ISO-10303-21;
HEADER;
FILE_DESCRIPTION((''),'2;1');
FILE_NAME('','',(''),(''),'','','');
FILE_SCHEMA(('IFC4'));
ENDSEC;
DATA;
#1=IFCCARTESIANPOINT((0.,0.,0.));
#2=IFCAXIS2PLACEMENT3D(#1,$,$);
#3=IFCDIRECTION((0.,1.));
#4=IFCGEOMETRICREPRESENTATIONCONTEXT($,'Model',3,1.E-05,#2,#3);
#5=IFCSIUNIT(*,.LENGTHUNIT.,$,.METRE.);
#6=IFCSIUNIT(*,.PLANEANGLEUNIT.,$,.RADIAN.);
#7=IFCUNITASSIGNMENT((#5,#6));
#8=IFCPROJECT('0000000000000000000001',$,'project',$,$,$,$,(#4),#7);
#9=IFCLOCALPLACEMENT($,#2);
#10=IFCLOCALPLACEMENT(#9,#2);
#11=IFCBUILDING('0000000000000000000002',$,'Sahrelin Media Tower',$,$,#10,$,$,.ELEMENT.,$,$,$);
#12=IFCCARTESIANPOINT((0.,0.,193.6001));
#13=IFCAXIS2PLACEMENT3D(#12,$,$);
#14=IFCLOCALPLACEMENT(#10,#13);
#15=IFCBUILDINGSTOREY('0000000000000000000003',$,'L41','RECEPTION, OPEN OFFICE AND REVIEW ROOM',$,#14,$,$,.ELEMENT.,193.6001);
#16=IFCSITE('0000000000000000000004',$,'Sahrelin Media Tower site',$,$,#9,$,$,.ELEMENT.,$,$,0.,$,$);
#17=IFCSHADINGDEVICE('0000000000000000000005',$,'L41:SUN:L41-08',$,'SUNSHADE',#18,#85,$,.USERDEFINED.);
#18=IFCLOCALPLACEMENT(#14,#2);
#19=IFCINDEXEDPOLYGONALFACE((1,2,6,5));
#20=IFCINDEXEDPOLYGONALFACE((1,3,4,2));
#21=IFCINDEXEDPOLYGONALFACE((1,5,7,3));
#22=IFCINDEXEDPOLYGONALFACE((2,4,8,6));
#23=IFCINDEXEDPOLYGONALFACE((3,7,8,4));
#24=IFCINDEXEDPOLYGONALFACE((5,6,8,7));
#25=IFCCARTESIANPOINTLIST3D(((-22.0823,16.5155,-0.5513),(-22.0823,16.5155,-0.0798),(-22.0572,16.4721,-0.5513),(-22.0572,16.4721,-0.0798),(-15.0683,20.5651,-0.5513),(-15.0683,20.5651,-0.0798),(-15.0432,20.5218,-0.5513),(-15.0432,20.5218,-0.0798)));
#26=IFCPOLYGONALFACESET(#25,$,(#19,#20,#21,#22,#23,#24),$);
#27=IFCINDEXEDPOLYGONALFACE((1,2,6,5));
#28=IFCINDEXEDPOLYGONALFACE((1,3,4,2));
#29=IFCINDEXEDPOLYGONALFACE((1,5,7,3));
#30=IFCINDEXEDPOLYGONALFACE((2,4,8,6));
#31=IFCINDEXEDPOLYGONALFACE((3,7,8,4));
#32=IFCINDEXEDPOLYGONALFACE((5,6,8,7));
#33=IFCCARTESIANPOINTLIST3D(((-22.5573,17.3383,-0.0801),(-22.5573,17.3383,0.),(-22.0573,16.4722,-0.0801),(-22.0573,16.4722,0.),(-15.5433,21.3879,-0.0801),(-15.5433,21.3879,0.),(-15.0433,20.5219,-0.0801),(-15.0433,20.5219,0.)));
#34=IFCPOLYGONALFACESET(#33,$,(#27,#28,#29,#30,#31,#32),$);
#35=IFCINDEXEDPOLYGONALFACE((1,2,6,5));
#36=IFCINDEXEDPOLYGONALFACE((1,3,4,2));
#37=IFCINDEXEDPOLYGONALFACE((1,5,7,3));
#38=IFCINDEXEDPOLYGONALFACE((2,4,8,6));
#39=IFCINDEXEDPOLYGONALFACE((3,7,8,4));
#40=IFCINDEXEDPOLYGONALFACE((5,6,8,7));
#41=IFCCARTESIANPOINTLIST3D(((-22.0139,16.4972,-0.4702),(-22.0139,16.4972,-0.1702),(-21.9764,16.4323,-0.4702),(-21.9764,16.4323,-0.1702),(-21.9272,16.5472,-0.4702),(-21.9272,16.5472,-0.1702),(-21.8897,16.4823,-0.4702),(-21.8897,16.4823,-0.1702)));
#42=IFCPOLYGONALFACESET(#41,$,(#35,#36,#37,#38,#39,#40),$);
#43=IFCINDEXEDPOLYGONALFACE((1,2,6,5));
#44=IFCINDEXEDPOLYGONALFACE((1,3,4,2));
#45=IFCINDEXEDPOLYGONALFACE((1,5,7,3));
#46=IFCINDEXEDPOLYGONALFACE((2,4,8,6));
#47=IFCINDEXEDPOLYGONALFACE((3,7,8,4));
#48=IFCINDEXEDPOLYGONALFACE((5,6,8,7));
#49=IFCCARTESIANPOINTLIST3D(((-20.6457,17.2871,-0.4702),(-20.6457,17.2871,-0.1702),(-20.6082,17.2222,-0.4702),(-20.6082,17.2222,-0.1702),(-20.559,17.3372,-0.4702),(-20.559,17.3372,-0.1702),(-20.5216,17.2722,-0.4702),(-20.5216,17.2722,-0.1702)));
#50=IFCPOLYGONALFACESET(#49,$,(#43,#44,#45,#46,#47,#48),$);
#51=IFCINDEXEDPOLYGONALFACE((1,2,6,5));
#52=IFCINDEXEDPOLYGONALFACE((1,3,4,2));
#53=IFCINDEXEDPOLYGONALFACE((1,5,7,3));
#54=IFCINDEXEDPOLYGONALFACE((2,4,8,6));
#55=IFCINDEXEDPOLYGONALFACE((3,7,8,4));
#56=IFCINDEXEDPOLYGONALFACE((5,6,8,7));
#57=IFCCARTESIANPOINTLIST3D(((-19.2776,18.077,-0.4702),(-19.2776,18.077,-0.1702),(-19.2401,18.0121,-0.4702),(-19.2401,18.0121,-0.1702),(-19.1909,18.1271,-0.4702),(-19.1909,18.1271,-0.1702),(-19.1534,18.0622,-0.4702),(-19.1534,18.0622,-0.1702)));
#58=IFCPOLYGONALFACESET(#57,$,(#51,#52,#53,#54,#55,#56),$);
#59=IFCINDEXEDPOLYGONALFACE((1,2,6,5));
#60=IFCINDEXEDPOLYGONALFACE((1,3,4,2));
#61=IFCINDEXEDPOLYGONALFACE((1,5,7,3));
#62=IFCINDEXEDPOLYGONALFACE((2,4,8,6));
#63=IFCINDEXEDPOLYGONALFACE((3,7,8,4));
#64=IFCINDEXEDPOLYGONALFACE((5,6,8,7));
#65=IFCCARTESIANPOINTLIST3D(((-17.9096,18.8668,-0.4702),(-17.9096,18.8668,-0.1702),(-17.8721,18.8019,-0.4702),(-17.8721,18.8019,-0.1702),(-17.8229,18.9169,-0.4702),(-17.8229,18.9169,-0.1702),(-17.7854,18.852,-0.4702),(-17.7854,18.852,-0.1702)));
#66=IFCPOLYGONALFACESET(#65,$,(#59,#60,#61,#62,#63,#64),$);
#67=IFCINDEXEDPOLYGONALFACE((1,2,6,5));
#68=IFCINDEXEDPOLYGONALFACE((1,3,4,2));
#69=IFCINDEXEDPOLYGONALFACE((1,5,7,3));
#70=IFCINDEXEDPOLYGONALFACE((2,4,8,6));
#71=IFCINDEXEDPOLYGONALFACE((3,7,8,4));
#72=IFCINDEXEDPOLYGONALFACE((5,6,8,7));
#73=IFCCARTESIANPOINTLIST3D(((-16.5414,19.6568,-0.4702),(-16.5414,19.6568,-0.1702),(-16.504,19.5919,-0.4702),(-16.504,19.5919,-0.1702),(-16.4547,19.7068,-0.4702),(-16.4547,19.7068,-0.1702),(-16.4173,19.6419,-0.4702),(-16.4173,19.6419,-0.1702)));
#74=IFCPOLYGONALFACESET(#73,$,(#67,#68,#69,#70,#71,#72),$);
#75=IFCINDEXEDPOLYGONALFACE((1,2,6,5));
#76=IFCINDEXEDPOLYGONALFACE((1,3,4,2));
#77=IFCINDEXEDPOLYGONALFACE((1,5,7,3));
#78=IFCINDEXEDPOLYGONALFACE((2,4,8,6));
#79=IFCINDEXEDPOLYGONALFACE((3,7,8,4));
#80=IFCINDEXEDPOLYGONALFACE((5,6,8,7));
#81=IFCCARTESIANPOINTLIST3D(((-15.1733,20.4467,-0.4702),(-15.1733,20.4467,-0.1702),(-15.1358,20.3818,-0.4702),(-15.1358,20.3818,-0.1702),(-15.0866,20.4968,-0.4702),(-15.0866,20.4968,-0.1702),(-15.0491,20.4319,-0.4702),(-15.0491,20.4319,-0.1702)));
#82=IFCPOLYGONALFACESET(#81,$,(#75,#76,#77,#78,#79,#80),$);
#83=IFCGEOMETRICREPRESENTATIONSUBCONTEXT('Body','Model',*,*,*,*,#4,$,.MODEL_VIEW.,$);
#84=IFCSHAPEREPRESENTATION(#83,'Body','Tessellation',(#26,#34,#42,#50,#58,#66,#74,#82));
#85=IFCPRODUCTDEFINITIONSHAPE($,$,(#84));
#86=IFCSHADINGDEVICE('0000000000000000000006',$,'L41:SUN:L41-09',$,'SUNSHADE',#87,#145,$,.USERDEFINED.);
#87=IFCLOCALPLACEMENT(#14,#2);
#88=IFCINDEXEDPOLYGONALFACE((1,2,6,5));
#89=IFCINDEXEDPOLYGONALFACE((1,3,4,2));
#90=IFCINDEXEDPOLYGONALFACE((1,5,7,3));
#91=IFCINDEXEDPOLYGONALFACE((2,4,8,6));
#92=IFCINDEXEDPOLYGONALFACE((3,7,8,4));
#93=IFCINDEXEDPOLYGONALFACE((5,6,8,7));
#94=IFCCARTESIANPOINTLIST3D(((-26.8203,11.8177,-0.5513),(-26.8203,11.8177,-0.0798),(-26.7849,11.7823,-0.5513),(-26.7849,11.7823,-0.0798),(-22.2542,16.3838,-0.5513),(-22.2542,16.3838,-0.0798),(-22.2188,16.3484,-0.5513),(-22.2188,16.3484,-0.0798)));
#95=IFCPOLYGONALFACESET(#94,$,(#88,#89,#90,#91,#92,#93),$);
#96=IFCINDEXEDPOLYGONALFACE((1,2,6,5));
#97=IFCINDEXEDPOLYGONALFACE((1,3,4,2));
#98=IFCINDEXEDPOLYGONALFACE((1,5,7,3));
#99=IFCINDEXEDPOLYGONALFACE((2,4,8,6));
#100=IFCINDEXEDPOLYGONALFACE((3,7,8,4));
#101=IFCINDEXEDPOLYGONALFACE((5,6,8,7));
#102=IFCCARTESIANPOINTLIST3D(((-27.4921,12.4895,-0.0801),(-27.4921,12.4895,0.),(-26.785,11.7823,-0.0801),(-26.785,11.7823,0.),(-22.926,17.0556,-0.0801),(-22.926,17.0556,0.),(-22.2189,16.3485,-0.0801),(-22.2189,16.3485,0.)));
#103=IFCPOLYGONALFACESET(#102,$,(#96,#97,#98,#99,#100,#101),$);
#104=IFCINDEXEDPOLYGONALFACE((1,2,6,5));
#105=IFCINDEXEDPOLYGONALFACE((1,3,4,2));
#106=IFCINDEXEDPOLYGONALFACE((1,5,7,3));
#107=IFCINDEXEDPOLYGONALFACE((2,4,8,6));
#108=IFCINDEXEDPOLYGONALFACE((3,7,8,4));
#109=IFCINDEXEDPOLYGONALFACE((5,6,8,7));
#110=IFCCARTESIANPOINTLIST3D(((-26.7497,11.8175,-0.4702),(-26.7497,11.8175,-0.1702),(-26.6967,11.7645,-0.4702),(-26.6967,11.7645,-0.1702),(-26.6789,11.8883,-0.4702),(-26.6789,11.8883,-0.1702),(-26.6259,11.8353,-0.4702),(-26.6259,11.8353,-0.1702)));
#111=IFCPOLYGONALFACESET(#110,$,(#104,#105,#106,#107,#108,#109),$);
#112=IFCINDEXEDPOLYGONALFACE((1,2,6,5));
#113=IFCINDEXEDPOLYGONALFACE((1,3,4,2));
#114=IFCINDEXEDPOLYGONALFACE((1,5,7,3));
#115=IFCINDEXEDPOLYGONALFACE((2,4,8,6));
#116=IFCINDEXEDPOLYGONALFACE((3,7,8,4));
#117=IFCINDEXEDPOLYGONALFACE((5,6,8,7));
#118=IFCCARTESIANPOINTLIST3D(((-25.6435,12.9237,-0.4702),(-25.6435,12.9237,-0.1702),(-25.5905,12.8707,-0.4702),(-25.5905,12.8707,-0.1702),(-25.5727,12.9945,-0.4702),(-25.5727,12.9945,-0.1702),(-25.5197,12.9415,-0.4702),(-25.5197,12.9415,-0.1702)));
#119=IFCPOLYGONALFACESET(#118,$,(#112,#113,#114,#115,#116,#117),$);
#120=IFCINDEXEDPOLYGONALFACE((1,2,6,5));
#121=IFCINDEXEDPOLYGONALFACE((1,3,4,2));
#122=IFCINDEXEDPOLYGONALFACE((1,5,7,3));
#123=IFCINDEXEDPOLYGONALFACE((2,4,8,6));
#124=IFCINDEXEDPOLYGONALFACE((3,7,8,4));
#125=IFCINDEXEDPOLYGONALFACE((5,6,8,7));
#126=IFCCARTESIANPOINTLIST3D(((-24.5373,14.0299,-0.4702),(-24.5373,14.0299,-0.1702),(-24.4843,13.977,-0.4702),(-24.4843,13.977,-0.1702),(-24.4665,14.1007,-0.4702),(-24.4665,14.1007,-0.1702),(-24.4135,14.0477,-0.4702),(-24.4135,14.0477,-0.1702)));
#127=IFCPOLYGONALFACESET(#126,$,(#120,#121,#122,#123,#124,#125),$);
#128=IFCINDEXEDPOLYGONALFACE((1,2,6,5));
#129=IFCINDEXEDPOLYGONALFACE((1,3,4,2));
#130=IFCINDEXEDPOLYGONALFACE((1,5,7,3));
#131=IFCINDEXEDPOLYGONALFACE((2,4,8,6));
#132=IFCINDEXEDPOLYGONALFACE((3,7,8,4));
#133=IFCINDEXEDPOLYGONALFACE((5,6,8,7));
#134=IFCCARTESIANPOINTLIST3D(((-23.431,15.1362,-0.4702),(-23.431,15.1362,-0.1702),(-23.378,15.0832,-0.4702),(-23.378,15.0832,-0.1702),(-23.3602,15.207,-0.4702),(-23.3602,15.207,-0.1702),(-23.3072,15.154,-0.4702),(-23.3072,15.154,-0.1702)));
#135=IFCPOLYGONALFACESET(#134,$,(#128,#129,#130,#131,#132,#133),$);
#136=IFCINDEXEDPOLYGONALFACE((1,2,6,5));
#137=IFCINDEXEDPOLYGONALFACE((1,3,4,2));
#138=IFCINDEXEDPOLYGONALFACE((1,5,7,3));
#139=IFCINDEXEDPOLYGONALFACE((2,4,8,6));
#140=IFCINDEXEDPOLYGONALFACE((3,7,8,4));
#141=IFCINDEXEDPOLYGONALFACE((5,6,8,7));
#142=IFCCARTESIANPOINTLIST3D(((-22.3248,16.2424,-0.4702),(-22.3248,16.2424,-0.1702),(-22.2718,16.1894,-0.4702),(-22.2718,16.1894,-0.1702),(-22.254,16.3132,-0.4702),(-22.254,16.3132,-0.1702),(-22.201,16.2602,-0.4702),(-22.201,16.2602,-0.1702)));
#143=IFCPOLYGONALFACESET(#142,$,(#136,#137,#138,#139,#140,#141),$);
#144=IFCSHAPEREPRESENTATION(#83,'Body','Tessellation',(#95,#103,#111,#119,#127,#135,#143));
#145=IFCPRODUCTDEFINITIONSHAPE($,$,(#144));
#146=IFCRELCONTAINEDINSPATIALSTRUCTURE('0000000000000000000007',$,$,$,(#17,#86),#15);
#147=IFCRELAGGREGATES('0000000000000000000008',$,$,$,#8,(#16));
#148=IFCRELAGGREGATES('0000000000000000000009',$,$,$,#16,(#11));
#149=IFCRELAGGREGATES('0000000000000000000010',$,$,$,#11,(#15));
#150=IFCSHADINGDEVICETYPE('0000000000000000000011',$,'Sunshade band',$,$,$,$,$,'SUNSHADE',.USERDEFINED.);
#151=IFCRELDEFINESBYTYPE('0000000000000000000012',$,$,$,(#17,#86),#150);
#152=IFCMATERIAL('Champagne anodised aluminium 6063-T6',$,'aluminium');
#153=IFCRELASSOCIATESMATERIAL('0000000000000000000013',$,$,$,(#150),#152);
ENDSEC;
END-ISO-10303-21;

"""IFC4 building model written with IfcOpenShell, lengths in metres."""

from ifc_helpers import new_model, si_unit, direction, frame, origin, origin_2d, place, context, subcontext, project, spatial, rectangle, extrude, material, type_object, element, save


model = new_model("IFC4")

# Units and contexts
model_context = context("Model", 3, precision=1e-05, world=origin(), true_north=direction((0.0, 1.0)))
body_context = subcontext(model_context, "Body", "Model", "MODEL_VIEW")
ifc_project = project(units=[si_unit("LENGTHUNIT", "METRE"), si_unit("PLANEANGLEUNIT", "RADIAN")], contexts=[model_context])

# Site, building, storey
site_placement = place(None, origin())
site = spatial("IfcSite", under=ifc_project, at=site_placement, Name="Sahrelin Media Tower site", CompositionType="ELEMENT", RefElevation=0.0)
building_placement = place(site_placement, origin())
building = spatial("IfcBuilding", under=site, at=building_placement, Name="Sahrelin Media Tower", CompositionType="ELEMENT")
storey_placement = place(building_placement, frame((0.0, 0.0, 193.6001)))
storey = spatial("IfcBuildingStorey", under=building, at=storey_placement, Name="L41", Description="RECEPTION, OPEN OFFICE AND REVIEW ROOM", CompositionType="ELEMENT", Elevation=193.6001)

# Shared definitions
ifc_material_1 = material(Name="Champagne anodised aluminium 6063-T6", Category="aluminium")

# Shading devices
placement_1 = place(storey_placement, frame((-18.5403, 18.4797, 0.0), z_axis=(0.0, 0.0, 1.0), x_axis=(0.866019, 0.500011, 0.0)))
placement_2 = place(storey_placement, frame((-24.4878, 14.0513, 0.0), z_axis=(0.0, 0.0, 1.0), x_axis=(0.707107, 0.707107, 0.0)))
shading_device_type_1 = type_object("IfcShadingDeviceType", Name="Sunshade band", ElementType="SUNSHADE", PredefinedType="USERDEFINED", material=ifc_material_1)
element("IfcShadingDevice", 1, at=placement_1, inside=storey, type_object=shading_device_type_1, Name="L41:SUN:L41-08", ObjectType="SUNSHADE", PredefinedType="USERDEFINED", context=body_context, shape_type="SweptSolid", body=[
    extrude(rectangle(XDim=8.0991, YDim=0.05, at=origin_2d()), frame((0.0, 0.0449, -0.5513)), (0.0, 0.0, 1.0), 0.4714),
    extrude(rectangle(XDim=8.0991, YDim=1.0, at=origin_2d()), frame((0.0, 0.52, -0.0801)), (0.0, 0.0, 1.0), 0.0801),
    extrude(rectangle(XDim=0.1001, YDim=0.075, at=origin_2d()), frame((-3.9495, -0.0176, -0.4702)), (0.0, 0.0, 1.0), 0.3),
    extrude(rectangle(XDim=0.1001, YDim=0.075, at=origin_2d()), frame((-2.3696, -0.0176, -0.4702)), (0.0, 0.0, 1.0), 0.3),
    extrude(rectangle(XDim=0.1001, YDim=0.075, at=origin_2d()), frame((-0.7898, -0.0176, -0.4702)), (0.0, 0.0, 1.0), 0.3),
    extrude(rectangle(XDim=0.1001, YDim=0.075, at=origin_2d()), frame((0.7898, -0.0176, -0.4702)), (0.0, 0.0, 1.0), 0.3),
    extrude(rectangle(XDim=0.1001, YDim=0.075, at=origin_2d()), frame((2.3696, -0.0176, -0.4702)), (0.0, 0.0, 1.0), 0.3),
    extrude(rectangle(XDim=0.1001, YDim=0.075, at=origin_2d()), frame((3.9495, -0.0176, -0.4702)), (0.0, 0.0, 1.0), 0.3),
])
element("IfcShadingDevice", 2, at=placement_2, inside=storey, type_object=shading_device_type_1, Name="L41:SUN:L41-09", ObjectType="SUNSHADE", PredefinedType="USERDEFINED", context=body_context, shape_type="SweptSolid", body=[
    extrude(rectangle(XDim=6.4575, YDim=0.05, at=origin_2d()), frame((0.0, 0.0449, -0.5513)), (0.0, 0.0, 1.0), 0.4714),
    extrude(rectangle(XDim=6.4575, YDim=1.0, at=origin_2d()), frame((0.0, 0.52, -0.0801)), (0.0, 0.0, 1.0), 0.0801),
    extrude(rectangle(XDim=0.1001, YDim=0.075, at=origin_2d()), frame((-3.1289, -0.0176, -0.4702)), (0.0, 0.0, 1.0), 0.3),
    extrude(rectangle(XDim=0.1001, YDim=0.075, at=origin_2d()), frame((-1.5645, -0.0176, -0.4702)), (0.0, 0.0, 1.0), 0.3),
    extrude(rectangle(XDim=0.1001, YDim=0.075, at=origin_2d()), frame((0.0, -0.0176, -0.4702)), (0.0, 0.0, 1.0), 0.3),
    extrude(rectangle(XDim=0.1001, YDim=0.075, at=origin_2d()), frame((1.5645, -0.0176, -0.4702)), (0.0, 0.0, 1.0), 0.3),
    extrude(rectangle(XDim=0.1001, YDim=0.075, at=origin_2d()), frame((3.1289, -0.0176, -0.4702)), (0.0, 0.0, 1.0), 0.3),
])

save(model, "model.ifc")
